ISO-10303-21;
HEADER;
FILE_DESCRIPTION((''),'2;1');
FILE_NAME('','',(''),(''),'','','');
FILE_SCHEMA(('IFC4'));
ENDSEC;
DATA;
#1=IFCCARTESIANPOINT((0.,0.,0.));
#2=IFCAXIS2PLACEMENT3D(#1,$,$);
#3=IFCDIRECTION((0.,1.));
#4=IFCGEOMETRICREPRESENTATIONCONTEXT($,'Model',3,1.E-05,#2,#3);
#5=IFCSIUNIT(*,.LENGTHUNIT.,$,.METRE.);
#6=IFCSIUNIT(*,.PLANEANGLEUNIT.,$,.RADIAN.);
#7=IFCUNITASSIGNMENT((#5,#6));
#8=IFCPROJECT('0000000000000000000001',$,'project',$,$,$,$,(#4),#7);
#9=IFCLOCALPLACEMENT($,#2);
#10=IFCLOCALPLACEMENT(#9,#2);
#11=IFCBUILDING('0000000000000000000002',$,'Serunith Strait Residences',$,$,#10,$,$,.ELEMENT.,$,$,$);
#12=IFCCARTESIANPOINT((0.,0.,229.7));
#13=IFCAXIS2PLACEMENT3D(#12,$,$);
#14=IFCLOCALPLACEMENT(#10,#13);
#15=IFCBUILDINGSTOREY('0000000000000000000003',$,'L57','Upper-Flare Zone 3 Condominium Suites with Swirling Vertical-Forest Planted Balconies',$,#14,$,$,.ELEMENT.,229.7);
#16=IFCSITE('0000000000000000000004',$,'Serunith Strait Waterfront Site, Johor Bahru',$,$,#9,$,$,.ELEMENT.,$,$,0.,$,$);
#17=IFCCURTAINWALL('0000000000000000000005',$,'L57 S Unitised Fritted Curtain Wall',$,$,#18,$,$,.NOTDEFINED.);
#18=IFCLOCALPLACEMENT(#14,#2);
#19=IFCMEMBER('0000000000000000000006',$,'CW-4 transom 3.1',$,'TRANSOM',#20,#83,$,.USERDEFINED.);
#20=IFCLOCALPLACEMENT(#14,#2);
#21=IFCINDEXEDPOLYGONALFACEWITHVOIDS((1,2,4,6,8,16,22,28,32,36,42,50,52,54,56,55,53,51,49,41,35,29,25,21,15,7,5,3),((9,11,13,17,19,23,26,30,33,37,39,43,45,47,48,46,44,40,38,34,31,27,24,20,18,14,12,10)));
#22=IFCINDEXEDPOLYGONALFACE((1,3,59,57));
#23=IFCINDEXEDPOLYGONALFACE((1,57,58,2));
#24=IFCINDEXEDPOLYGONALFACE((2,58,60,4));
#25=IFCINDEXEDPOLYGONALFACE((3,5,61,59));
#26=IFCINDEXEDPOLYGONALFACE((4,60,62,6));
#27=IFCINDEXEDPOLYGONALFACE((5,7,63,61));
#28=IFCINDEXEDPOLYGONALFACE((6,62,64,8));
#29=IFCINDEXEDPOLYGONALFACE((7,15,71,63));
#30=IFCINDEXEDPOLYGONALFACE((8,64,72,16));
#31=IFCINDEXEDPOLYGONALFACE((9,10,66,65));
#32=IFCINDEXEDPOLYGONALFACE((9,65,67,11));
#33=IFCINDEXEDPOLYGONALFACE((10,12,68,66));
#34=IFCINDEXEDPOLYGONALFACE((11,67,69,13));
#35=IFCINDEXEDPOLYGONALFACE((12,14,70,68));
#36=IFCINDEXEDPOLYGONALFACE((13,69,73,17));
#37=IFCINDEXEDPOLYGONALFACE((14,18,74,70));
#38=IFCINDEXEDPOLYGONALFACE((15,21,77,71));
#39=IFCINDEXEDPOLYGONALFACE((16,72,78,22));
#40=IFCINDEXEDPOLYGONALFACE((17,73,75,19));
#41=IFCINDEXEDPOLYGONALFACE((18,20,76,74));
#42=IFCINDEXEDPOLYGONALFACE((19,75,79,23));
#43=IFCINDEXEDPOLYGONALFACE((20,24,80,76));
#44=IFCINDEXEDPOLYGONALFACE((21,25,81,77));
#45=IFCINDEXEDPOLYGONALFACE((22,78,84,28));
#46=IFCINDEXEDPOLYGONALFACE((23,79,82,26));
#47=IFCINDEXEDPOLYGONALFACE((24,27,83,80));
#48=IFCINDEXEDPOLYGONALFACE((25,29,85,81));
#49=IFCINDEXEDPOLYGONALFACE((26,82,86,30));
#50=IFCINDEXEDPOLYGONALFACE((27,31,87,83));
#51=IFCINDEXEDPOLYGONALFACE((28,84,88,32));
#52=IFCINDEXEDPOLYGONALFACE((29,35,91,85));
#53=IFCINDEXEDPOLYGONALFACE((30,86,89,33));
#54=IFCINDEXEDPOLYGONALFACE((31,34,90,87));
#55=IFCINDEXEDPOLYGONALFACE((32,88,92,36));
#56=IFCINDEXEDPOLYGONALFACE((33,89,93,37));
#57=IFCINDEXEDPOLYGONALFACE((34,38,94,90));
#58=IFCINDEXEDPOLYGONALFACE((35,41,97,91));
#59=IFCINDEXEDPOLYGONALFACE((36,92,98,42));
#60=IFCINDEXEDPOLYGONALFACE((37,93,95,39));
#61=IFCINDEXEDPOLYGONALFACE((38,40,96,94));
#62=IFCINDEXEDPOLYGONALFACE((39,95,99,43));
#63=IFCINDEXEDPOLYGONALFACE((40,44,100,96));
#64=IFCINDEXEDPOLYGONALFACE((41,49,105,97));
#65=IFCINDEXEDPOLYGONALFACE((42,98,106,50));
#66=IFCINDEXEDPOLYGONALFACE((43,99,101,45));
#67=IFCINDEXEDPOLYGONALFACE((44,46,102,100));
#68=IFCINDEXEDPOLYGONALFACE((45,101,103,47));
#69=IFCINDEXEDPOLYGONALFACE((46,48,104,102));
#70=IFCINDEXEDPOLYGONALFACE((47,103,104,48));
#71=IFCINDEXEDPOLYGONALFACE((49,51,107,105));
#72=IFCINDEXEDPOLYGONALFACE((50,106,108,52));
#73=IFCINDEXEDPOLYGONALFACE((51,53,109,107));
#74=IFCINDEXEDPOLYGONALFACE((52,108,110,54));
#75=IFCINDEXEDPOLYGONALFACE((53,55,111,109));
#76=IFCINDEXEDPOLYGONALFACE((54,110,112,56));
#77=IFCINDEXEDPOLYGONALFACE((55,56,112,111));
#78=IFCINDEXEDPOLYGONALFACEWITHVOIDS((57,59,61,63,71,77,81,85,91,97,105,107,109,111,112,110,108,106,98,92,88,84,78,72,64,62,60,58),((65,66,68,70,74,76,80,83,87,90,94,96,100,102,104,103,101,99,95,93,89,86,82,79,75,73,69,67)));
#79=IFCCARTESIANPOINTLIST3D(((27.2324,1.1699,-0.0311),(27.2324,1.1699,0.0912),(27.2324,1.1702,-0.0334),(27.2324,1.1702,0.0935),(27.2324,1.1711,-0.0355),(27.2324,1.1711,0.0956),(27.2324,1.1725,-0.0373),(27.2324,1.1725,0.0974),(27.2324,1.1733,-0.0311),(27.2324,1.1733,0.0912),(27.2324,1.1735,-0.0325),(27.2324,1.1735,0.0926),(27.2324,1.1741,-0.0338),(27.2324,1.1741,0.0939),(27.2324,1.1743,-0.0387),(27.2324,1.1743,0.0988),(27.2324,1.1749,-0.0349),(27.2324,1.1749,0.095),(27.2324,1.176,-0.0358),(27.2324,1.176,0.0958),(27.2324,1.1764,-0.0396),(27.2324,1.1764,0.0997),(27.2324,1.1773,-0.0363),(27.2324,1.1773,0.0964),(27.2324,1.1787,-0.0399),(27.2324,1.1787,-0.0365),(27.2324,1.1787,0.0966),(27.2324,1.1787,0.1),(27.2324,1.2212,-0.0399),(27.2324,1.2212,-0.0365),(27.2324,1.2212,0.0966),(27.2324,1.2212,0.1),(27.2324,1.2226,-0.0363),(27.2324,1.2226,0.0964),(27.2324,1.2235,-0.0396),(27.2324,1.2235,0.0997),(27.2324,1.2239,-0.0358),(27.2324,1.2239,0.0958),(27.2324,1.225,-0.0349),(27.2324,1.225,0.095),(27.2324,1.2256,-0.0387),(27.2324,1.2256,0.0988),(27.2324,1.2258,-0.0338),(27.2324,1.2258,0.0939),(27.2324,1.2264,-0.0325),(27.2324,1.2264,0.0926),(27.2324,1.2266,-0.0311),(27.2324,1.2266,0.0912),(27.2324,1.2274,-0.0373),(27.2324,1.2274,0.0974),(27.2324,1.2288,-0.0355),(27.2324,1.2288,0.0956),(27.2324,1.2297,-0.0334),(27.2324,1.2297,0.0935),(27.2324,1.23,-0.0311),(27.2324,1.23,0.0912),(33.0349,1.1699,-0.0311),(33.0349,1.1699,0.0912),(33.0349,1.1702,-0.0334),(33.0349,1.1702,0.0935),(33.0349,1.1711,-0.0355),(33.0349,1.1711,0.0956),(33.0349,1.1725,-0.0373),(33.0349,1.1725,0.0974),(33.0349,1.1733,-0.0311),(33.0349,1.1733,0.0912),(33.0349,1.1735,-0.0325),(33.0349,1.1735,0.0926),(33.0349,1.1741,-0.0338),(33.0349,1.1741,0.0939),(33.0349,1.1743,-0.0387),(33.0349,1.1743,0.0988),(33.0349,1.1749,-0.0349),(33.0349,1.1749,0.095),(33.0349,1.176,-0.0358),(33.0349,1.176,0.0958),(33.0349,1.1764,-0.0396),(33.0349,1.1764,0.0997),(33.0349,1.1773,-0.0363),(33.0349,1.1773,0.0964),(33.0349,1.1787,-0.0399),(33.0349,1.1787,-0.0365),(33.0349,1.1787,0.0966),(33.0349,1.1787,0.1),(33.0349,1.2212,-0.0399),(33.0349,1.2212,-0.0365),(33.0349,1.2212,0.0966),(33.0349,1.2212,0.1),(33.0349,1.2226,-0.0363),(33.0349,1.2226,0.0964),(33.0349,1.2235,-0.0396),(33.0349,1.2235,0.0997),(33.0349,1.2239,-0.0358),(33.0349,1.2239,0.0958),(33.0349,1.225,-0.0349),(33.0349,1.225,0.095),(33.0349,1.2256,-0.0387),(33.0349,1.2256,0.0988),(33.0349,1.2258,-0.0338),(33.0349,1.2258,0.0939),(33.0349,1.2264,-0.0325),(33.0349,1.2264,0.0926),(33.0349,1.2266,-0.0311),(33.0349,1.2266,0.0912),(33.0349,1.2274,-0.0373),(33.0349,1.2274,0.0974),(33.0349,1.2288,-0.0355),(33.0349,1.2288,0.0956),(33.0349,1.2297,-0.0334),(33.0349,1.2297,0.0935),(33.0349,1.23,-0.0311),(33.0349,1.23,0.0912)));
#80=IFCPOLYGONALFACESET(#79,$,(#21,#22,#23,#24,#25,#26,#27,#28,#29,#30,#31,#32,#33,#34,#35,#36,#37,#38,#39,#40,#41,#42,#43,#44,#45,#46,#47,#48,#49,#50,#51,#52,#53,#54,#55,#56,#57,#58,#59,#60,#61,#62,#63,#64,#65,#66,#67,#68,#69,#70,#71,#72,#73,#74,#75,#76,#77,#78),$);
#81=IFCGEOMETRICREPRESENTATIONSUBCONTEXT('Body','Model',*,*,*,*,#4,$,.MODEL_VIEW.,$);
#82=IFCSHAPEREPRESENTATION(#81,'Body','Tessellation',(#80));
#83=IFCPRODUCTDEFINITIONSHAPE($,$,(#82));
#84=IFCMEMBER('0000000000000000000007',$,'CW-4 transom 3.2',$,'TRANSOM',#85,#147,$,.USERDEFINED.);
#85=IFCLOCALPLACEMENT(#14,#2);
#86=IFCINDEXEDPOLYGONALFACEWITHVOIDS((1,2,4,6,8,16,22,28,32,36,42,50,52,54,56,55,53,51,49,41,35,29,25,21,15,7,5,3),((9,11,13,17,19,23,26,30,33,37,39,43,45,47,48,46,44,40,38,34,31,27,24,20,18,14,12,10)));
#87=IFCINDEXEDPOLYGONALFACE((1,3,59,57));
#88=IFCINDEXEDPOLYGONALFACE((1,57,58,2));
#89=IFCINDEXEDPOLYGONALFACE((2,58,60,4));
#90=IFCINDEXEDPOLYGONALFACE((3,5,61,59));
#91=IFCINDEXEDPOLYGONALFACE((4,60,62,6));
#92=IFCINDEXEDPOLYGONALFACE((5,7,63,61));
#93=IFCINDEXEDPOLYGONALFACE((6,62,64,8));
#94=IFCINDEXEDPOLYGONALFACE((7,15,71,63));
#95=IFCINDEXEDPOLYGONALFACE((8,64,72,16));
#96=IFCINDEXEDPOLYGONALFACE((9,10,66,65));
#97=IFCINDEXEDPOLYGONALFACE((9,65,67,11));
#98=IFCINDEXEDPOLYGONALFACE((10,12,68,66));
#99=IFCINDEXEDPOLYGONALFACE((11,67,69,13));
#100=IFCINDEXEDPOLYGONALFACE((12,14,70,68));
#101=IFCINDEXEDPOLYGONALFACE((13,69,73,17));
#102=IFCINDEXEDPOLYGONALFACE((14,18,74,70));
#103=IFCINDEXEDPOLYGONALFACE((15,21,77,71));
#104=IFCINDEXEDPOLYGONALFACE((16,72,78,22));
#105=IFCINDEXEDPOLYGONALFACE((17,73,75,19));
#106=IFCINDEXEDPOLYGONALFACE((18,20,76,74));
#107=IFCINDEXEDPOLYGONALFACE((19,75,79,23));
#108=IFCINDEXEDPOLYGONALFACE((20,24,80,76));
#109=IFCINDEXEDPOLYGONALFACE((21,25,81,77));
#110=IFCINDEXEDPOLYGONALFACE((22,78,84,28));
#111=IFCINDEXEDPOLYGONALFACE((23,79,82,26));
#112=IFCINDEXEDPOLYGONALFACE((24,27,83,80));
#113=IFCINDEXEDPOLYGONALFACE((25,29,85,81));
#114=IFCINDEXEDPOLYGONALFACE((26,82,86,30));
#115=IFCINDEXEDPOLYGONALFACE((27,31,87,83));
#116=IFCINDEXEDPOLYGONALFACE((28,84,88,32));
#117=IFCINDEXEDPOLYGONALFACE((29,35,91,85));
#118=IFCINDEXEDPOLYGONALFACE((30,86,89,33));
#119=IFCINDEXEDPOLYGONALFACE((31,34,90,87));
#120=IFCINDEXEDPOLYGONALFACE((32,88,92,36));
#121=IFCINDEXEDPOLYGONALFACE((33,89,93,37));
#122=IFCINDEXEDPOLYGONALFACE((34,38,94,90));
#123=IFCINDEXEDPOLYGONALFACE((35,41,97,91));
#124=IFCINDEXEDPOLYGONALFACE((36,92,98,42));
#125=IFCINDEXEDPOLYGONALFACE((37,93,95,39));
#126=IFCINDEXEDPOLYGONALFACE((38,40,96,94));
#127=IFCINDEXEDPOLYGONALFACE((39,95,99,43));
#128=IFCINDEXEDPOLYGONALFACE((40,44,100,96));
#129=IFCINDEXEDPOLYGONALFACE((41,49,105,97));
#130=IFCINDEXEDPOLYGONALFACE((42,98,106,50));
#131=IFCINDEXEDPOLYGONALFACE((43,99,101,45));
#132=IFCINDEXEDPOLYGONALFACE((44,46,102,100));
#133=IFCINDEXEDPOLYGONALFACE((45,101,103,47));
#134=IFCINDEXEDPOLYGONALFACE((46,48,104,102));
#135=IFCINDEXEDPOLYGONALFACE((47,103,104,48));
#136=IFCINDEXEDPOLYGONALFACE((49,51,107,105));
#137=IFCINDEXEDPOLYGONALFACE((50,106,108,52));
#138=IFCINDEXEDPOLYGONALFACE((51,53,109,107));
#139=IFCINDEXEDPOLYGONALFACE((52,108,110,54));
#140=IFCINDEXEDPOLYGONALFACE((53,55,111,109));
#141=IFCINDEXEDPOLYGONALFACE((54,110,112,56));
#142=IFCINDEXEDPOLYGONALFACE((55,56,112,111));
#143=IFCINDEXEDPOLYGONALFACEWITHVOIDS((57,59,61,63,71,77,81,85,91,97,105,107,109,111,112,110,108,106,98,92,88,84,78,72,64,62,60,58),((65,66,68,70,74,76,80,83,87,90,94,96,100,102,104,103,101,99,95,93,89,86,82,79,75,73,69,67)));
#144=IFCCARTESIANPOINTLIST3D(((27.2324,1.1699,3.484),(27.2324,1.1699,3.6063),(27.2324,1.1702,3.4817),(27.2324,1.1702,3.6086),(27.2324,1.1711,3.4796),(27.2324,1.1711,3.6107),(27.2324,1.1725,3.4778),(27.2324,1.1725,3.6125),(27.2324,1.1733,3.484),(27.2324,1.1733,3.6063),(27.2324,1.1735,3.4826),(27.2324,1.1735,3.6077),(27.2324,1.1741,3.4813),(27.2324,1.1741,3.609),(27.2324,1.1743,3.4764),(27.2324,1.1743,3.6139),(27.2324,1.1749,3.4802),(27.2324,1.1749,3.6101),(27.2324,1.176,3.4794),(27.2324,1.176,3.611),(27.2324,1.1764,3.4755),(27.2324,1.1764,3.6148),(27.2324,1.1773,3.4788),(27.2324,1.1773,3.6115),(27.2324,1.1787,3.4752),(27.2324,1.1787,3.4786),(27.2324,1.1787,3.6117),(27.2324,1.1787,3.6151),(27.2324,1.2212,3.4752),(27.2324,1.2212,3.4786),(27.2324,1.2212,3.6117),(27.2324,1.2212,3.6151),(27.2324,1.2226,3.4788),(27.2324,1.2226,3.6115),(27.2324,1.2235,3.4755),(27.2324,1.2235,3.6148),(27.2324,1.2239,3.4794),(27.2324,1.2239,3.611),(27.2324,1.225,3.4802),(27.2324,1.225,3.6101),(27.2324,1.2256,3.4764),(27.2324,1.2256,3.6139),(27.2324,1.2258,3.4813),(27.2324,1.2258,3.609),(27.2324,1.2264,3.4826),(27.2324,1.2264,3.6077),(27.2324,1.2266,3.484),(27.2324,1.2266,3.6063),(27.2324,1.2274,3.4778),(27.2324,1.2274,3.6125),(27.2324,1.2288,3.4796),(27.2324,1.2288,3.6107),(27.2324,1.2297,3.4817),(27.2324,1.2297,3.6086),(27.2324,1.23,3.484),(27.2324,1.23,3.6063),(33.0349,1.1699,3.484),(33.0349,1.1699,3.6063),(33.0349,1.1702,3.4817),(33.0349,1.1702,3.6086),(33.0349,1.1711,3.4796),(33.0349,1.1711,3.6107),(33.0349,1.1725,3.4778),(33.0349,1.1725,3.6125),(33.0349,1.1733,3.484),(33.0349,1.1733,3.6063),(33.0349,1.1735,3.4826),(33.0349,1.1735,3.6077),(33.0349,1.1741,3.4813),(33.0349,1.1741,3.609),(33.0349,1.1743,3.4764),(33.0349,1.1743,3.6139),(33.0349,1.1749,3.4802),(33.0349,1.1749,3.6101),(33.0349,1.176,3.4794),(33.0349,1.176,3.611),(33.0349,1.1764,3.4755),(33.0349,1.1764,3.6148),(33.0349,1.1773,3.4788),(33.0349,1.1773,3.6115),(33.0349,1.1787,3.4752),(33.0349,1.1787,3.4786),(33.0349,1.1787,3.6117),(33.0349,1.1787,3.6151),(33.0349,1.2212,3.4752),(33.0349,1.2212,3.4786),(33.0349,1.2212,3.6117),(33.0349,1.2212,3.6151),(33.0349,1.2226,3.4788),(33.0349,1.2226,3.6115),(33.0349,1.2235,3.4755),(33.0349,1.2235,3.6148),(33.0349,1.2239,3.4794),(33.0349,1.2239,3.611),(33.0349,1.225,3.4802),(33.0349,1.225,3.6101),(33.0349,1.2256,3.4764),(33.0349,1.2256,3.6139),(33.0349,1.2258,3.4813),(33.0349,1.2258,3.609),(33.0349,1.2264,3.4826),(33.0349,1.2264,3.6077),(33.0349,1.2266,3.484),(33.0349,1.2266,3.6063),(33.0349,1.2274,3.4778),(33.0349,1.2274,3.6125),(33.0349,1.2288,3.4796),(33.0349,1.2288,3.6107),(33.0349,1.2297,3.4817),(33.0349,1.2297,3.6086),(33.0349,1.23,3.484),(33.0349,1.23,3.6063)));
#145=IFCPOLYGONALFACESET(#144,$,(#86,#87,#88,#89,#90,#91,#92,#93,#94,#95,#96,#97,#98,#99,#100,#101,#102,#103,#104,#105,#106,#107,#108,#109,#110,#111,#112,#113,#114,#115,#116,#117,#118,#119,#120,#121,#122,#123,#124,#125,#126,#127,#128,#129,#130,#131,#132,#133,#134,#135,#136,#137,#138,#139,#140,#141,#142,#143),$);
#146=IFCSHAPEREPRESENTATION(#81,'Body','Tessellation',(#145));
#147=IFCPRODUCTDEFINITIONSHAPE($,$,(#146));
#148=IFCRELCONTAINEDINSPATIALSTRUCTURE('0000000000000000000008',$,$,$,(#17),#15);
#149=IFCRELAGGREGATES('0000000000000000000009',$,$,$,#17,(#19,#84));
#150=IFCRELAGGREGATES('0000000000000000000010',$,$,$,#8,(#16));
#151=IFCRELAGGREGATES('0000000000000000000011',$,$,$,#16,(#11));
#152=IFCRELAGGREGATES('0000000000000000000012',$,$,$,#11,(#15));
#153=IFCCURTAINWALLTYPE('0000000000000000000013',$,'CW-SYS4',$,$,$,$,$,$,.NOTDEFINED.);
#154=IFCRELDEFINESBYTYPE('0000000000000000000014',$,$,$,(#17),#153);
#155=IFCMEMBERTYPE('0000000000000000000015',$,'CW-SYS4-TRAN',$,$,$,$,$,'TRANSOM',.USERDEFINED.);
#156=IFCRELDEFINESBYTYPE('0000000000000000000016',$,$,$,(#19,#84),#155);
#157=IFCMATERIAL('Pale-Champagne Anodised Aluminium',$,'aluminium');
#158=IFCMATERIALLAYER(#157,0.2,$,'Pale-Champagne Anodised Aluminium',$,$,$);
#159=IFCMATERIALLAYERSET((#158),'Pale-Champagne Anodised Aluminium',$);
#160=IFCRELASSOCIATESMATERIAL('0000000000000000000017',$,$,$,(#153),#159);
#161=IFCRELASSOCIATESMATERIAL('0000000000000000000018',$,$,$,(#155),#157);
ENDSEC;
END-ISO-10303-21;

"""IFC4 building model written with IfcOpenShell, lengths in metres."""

from ifc_helpers import new_model, si_unit, direction, frame, origin, origin_2d, place, context, subcontext, project, spatial, hollow_rectangle, extrude, source, transform, mapped, material, layer, layer_set, material_profile, profile_set, type_object, element, aggregate, save


model = new_model("IFC4")

# Units and contexts
model_context = context("Model", 3, precision=1e-05, world=origin(), true_north=direction((0.0, 1.0)))
body_context = subcontext(model_context, "Body", "Model", "MODEL_VIEW")
ifc_project = project(units=[si_unit("LENGTHUNIT", "METRE"), si_unit("PLANEANGLEUNIT", "RADIAN")], contexts=[model_context])

# Site, building, storey
site_placement = place(None, origin())
site = spatial("IfcSite", under=ifc_project, at=site_placement, Name="Serunith Strait Waterfront Site, Johor Bahru", CompositionType="ELEMENT", RefElevation=0.0)
building_placement = place(site_placement, origin())
building = spatial("IfcBuilding", under=site, at=building_placement, Name="Serunith Strait Residences", CompositionType="ELEMENT")
storey_placement = place(building_placement, frame((0.0, 0.0, 229.7)))
storey = spatial("IfcBuildingStorey", under=building, at=storey_placement, Name="L57", Description="Upper-Flare Zone 3 Condominium Suites with Swirling Vertical-Forest Planted Balconies", CompositionType="ELEMENT", Elevation=229.7)

# Curtain wall, members
ifc_material_1 = material(Name="Pale-Champagne Anodised Aluminium", Category="aluminium")
ifc_layer_1 = layer(ifc_material_1, 0.2, Name="Pale-Champagne Anodised Aluminium")
ifc_layer_set_1 = layer_set([ifc_layer_1], Name="Pale-Champagne Anodised Aluminium")
curtain_wall_type = type_object("IfcCurtainWallType", Name="CW-SYS4", PredefinedType="NOTDEFINED", material=ifc_layer_set_1)
curtain_wall_placement = place(storey_placement, origin())
curtain_wall = element("IfcCurtainWall", 1, at=curtain_wall_placement, inside=storey, type_object=curtain_wall_type, Name="L57 S Unitised Fritted Curtain Wall", PredefinedType="NOTDEFINED")
ifc_material_profile_1 = material_profile(ifc_material_1, hollow_rectangle(XDim=0.0601, YDim=0.1399, WallThickness=0.0034, InnerFilletRadius=0.0054, OuterFilletRadius=0.0088, at=origin_2d()), Name="ALU 140x60x3.5")
ifc_profile_set_1 = profile_set([ifc_material_profile_1], Name="Pale-Champagne Anodised Aluminium")
member_type_1 = type_object("IfcMemberType", Name="CW-SYS4-TRAN", ElementType="TRANSOM", PredefinedType="USERDEFINED", material=ifc_profile_set_1)
shared_shape_1 = source(origin(), body_context, "Body", "SweptSolid", [
    extrude(hollow_rectangle(XDim=0.0601, YDim=0.1399, WallThickness=0.0034, InnerFilletRadius=0.0054, OuterFilletRadius=0.0088, at=origin_2d()), origin(), (0.0, 0.0, 1.0), 5.8025),
])
member_1_placement = place(storey_placement, frame((27.2324, 1.2, 0.03), z_axis=(1.0, 0.0, 0.0), x_axis=(0.0, 1.0, 0.0)))
member_1 = element("IfcMember", 2, at=member_1_placement, type_object=member_type_1, Name="CW-4 transom 3.1", ObjectType="TRANSOM", PredefinedType="USERDEFINED", context=body_context, shape_type="MappedRepresentation", body=[
    mapped(shared_shape_1, transform((0.0, 0.0, 0.0), scale=1.0)),
])
member_2_placement = place(storey_placement, frame((27.2324, 1.2, 3.5452), z_axis=(1.0, 0.0, 0.0), x_axis=(0.0, 1.0, 0.0)))
member_2 = element("IfcMember", 3, at=member_2_placement, type_object=member_type_1, Name="CW-4 transom 3.2", ObjectType="TRANSOM", PredefinedType="USERDEFINED", context=body_context, shape_type="MappedRepresentation", body=[
    mapped(shared_shape_1, transform((0.0, 0.0, 0.0), scale=1.0)),
])
aggregate(curtain_wall, [member_1, member_2])

save(model, "model.ifc")
